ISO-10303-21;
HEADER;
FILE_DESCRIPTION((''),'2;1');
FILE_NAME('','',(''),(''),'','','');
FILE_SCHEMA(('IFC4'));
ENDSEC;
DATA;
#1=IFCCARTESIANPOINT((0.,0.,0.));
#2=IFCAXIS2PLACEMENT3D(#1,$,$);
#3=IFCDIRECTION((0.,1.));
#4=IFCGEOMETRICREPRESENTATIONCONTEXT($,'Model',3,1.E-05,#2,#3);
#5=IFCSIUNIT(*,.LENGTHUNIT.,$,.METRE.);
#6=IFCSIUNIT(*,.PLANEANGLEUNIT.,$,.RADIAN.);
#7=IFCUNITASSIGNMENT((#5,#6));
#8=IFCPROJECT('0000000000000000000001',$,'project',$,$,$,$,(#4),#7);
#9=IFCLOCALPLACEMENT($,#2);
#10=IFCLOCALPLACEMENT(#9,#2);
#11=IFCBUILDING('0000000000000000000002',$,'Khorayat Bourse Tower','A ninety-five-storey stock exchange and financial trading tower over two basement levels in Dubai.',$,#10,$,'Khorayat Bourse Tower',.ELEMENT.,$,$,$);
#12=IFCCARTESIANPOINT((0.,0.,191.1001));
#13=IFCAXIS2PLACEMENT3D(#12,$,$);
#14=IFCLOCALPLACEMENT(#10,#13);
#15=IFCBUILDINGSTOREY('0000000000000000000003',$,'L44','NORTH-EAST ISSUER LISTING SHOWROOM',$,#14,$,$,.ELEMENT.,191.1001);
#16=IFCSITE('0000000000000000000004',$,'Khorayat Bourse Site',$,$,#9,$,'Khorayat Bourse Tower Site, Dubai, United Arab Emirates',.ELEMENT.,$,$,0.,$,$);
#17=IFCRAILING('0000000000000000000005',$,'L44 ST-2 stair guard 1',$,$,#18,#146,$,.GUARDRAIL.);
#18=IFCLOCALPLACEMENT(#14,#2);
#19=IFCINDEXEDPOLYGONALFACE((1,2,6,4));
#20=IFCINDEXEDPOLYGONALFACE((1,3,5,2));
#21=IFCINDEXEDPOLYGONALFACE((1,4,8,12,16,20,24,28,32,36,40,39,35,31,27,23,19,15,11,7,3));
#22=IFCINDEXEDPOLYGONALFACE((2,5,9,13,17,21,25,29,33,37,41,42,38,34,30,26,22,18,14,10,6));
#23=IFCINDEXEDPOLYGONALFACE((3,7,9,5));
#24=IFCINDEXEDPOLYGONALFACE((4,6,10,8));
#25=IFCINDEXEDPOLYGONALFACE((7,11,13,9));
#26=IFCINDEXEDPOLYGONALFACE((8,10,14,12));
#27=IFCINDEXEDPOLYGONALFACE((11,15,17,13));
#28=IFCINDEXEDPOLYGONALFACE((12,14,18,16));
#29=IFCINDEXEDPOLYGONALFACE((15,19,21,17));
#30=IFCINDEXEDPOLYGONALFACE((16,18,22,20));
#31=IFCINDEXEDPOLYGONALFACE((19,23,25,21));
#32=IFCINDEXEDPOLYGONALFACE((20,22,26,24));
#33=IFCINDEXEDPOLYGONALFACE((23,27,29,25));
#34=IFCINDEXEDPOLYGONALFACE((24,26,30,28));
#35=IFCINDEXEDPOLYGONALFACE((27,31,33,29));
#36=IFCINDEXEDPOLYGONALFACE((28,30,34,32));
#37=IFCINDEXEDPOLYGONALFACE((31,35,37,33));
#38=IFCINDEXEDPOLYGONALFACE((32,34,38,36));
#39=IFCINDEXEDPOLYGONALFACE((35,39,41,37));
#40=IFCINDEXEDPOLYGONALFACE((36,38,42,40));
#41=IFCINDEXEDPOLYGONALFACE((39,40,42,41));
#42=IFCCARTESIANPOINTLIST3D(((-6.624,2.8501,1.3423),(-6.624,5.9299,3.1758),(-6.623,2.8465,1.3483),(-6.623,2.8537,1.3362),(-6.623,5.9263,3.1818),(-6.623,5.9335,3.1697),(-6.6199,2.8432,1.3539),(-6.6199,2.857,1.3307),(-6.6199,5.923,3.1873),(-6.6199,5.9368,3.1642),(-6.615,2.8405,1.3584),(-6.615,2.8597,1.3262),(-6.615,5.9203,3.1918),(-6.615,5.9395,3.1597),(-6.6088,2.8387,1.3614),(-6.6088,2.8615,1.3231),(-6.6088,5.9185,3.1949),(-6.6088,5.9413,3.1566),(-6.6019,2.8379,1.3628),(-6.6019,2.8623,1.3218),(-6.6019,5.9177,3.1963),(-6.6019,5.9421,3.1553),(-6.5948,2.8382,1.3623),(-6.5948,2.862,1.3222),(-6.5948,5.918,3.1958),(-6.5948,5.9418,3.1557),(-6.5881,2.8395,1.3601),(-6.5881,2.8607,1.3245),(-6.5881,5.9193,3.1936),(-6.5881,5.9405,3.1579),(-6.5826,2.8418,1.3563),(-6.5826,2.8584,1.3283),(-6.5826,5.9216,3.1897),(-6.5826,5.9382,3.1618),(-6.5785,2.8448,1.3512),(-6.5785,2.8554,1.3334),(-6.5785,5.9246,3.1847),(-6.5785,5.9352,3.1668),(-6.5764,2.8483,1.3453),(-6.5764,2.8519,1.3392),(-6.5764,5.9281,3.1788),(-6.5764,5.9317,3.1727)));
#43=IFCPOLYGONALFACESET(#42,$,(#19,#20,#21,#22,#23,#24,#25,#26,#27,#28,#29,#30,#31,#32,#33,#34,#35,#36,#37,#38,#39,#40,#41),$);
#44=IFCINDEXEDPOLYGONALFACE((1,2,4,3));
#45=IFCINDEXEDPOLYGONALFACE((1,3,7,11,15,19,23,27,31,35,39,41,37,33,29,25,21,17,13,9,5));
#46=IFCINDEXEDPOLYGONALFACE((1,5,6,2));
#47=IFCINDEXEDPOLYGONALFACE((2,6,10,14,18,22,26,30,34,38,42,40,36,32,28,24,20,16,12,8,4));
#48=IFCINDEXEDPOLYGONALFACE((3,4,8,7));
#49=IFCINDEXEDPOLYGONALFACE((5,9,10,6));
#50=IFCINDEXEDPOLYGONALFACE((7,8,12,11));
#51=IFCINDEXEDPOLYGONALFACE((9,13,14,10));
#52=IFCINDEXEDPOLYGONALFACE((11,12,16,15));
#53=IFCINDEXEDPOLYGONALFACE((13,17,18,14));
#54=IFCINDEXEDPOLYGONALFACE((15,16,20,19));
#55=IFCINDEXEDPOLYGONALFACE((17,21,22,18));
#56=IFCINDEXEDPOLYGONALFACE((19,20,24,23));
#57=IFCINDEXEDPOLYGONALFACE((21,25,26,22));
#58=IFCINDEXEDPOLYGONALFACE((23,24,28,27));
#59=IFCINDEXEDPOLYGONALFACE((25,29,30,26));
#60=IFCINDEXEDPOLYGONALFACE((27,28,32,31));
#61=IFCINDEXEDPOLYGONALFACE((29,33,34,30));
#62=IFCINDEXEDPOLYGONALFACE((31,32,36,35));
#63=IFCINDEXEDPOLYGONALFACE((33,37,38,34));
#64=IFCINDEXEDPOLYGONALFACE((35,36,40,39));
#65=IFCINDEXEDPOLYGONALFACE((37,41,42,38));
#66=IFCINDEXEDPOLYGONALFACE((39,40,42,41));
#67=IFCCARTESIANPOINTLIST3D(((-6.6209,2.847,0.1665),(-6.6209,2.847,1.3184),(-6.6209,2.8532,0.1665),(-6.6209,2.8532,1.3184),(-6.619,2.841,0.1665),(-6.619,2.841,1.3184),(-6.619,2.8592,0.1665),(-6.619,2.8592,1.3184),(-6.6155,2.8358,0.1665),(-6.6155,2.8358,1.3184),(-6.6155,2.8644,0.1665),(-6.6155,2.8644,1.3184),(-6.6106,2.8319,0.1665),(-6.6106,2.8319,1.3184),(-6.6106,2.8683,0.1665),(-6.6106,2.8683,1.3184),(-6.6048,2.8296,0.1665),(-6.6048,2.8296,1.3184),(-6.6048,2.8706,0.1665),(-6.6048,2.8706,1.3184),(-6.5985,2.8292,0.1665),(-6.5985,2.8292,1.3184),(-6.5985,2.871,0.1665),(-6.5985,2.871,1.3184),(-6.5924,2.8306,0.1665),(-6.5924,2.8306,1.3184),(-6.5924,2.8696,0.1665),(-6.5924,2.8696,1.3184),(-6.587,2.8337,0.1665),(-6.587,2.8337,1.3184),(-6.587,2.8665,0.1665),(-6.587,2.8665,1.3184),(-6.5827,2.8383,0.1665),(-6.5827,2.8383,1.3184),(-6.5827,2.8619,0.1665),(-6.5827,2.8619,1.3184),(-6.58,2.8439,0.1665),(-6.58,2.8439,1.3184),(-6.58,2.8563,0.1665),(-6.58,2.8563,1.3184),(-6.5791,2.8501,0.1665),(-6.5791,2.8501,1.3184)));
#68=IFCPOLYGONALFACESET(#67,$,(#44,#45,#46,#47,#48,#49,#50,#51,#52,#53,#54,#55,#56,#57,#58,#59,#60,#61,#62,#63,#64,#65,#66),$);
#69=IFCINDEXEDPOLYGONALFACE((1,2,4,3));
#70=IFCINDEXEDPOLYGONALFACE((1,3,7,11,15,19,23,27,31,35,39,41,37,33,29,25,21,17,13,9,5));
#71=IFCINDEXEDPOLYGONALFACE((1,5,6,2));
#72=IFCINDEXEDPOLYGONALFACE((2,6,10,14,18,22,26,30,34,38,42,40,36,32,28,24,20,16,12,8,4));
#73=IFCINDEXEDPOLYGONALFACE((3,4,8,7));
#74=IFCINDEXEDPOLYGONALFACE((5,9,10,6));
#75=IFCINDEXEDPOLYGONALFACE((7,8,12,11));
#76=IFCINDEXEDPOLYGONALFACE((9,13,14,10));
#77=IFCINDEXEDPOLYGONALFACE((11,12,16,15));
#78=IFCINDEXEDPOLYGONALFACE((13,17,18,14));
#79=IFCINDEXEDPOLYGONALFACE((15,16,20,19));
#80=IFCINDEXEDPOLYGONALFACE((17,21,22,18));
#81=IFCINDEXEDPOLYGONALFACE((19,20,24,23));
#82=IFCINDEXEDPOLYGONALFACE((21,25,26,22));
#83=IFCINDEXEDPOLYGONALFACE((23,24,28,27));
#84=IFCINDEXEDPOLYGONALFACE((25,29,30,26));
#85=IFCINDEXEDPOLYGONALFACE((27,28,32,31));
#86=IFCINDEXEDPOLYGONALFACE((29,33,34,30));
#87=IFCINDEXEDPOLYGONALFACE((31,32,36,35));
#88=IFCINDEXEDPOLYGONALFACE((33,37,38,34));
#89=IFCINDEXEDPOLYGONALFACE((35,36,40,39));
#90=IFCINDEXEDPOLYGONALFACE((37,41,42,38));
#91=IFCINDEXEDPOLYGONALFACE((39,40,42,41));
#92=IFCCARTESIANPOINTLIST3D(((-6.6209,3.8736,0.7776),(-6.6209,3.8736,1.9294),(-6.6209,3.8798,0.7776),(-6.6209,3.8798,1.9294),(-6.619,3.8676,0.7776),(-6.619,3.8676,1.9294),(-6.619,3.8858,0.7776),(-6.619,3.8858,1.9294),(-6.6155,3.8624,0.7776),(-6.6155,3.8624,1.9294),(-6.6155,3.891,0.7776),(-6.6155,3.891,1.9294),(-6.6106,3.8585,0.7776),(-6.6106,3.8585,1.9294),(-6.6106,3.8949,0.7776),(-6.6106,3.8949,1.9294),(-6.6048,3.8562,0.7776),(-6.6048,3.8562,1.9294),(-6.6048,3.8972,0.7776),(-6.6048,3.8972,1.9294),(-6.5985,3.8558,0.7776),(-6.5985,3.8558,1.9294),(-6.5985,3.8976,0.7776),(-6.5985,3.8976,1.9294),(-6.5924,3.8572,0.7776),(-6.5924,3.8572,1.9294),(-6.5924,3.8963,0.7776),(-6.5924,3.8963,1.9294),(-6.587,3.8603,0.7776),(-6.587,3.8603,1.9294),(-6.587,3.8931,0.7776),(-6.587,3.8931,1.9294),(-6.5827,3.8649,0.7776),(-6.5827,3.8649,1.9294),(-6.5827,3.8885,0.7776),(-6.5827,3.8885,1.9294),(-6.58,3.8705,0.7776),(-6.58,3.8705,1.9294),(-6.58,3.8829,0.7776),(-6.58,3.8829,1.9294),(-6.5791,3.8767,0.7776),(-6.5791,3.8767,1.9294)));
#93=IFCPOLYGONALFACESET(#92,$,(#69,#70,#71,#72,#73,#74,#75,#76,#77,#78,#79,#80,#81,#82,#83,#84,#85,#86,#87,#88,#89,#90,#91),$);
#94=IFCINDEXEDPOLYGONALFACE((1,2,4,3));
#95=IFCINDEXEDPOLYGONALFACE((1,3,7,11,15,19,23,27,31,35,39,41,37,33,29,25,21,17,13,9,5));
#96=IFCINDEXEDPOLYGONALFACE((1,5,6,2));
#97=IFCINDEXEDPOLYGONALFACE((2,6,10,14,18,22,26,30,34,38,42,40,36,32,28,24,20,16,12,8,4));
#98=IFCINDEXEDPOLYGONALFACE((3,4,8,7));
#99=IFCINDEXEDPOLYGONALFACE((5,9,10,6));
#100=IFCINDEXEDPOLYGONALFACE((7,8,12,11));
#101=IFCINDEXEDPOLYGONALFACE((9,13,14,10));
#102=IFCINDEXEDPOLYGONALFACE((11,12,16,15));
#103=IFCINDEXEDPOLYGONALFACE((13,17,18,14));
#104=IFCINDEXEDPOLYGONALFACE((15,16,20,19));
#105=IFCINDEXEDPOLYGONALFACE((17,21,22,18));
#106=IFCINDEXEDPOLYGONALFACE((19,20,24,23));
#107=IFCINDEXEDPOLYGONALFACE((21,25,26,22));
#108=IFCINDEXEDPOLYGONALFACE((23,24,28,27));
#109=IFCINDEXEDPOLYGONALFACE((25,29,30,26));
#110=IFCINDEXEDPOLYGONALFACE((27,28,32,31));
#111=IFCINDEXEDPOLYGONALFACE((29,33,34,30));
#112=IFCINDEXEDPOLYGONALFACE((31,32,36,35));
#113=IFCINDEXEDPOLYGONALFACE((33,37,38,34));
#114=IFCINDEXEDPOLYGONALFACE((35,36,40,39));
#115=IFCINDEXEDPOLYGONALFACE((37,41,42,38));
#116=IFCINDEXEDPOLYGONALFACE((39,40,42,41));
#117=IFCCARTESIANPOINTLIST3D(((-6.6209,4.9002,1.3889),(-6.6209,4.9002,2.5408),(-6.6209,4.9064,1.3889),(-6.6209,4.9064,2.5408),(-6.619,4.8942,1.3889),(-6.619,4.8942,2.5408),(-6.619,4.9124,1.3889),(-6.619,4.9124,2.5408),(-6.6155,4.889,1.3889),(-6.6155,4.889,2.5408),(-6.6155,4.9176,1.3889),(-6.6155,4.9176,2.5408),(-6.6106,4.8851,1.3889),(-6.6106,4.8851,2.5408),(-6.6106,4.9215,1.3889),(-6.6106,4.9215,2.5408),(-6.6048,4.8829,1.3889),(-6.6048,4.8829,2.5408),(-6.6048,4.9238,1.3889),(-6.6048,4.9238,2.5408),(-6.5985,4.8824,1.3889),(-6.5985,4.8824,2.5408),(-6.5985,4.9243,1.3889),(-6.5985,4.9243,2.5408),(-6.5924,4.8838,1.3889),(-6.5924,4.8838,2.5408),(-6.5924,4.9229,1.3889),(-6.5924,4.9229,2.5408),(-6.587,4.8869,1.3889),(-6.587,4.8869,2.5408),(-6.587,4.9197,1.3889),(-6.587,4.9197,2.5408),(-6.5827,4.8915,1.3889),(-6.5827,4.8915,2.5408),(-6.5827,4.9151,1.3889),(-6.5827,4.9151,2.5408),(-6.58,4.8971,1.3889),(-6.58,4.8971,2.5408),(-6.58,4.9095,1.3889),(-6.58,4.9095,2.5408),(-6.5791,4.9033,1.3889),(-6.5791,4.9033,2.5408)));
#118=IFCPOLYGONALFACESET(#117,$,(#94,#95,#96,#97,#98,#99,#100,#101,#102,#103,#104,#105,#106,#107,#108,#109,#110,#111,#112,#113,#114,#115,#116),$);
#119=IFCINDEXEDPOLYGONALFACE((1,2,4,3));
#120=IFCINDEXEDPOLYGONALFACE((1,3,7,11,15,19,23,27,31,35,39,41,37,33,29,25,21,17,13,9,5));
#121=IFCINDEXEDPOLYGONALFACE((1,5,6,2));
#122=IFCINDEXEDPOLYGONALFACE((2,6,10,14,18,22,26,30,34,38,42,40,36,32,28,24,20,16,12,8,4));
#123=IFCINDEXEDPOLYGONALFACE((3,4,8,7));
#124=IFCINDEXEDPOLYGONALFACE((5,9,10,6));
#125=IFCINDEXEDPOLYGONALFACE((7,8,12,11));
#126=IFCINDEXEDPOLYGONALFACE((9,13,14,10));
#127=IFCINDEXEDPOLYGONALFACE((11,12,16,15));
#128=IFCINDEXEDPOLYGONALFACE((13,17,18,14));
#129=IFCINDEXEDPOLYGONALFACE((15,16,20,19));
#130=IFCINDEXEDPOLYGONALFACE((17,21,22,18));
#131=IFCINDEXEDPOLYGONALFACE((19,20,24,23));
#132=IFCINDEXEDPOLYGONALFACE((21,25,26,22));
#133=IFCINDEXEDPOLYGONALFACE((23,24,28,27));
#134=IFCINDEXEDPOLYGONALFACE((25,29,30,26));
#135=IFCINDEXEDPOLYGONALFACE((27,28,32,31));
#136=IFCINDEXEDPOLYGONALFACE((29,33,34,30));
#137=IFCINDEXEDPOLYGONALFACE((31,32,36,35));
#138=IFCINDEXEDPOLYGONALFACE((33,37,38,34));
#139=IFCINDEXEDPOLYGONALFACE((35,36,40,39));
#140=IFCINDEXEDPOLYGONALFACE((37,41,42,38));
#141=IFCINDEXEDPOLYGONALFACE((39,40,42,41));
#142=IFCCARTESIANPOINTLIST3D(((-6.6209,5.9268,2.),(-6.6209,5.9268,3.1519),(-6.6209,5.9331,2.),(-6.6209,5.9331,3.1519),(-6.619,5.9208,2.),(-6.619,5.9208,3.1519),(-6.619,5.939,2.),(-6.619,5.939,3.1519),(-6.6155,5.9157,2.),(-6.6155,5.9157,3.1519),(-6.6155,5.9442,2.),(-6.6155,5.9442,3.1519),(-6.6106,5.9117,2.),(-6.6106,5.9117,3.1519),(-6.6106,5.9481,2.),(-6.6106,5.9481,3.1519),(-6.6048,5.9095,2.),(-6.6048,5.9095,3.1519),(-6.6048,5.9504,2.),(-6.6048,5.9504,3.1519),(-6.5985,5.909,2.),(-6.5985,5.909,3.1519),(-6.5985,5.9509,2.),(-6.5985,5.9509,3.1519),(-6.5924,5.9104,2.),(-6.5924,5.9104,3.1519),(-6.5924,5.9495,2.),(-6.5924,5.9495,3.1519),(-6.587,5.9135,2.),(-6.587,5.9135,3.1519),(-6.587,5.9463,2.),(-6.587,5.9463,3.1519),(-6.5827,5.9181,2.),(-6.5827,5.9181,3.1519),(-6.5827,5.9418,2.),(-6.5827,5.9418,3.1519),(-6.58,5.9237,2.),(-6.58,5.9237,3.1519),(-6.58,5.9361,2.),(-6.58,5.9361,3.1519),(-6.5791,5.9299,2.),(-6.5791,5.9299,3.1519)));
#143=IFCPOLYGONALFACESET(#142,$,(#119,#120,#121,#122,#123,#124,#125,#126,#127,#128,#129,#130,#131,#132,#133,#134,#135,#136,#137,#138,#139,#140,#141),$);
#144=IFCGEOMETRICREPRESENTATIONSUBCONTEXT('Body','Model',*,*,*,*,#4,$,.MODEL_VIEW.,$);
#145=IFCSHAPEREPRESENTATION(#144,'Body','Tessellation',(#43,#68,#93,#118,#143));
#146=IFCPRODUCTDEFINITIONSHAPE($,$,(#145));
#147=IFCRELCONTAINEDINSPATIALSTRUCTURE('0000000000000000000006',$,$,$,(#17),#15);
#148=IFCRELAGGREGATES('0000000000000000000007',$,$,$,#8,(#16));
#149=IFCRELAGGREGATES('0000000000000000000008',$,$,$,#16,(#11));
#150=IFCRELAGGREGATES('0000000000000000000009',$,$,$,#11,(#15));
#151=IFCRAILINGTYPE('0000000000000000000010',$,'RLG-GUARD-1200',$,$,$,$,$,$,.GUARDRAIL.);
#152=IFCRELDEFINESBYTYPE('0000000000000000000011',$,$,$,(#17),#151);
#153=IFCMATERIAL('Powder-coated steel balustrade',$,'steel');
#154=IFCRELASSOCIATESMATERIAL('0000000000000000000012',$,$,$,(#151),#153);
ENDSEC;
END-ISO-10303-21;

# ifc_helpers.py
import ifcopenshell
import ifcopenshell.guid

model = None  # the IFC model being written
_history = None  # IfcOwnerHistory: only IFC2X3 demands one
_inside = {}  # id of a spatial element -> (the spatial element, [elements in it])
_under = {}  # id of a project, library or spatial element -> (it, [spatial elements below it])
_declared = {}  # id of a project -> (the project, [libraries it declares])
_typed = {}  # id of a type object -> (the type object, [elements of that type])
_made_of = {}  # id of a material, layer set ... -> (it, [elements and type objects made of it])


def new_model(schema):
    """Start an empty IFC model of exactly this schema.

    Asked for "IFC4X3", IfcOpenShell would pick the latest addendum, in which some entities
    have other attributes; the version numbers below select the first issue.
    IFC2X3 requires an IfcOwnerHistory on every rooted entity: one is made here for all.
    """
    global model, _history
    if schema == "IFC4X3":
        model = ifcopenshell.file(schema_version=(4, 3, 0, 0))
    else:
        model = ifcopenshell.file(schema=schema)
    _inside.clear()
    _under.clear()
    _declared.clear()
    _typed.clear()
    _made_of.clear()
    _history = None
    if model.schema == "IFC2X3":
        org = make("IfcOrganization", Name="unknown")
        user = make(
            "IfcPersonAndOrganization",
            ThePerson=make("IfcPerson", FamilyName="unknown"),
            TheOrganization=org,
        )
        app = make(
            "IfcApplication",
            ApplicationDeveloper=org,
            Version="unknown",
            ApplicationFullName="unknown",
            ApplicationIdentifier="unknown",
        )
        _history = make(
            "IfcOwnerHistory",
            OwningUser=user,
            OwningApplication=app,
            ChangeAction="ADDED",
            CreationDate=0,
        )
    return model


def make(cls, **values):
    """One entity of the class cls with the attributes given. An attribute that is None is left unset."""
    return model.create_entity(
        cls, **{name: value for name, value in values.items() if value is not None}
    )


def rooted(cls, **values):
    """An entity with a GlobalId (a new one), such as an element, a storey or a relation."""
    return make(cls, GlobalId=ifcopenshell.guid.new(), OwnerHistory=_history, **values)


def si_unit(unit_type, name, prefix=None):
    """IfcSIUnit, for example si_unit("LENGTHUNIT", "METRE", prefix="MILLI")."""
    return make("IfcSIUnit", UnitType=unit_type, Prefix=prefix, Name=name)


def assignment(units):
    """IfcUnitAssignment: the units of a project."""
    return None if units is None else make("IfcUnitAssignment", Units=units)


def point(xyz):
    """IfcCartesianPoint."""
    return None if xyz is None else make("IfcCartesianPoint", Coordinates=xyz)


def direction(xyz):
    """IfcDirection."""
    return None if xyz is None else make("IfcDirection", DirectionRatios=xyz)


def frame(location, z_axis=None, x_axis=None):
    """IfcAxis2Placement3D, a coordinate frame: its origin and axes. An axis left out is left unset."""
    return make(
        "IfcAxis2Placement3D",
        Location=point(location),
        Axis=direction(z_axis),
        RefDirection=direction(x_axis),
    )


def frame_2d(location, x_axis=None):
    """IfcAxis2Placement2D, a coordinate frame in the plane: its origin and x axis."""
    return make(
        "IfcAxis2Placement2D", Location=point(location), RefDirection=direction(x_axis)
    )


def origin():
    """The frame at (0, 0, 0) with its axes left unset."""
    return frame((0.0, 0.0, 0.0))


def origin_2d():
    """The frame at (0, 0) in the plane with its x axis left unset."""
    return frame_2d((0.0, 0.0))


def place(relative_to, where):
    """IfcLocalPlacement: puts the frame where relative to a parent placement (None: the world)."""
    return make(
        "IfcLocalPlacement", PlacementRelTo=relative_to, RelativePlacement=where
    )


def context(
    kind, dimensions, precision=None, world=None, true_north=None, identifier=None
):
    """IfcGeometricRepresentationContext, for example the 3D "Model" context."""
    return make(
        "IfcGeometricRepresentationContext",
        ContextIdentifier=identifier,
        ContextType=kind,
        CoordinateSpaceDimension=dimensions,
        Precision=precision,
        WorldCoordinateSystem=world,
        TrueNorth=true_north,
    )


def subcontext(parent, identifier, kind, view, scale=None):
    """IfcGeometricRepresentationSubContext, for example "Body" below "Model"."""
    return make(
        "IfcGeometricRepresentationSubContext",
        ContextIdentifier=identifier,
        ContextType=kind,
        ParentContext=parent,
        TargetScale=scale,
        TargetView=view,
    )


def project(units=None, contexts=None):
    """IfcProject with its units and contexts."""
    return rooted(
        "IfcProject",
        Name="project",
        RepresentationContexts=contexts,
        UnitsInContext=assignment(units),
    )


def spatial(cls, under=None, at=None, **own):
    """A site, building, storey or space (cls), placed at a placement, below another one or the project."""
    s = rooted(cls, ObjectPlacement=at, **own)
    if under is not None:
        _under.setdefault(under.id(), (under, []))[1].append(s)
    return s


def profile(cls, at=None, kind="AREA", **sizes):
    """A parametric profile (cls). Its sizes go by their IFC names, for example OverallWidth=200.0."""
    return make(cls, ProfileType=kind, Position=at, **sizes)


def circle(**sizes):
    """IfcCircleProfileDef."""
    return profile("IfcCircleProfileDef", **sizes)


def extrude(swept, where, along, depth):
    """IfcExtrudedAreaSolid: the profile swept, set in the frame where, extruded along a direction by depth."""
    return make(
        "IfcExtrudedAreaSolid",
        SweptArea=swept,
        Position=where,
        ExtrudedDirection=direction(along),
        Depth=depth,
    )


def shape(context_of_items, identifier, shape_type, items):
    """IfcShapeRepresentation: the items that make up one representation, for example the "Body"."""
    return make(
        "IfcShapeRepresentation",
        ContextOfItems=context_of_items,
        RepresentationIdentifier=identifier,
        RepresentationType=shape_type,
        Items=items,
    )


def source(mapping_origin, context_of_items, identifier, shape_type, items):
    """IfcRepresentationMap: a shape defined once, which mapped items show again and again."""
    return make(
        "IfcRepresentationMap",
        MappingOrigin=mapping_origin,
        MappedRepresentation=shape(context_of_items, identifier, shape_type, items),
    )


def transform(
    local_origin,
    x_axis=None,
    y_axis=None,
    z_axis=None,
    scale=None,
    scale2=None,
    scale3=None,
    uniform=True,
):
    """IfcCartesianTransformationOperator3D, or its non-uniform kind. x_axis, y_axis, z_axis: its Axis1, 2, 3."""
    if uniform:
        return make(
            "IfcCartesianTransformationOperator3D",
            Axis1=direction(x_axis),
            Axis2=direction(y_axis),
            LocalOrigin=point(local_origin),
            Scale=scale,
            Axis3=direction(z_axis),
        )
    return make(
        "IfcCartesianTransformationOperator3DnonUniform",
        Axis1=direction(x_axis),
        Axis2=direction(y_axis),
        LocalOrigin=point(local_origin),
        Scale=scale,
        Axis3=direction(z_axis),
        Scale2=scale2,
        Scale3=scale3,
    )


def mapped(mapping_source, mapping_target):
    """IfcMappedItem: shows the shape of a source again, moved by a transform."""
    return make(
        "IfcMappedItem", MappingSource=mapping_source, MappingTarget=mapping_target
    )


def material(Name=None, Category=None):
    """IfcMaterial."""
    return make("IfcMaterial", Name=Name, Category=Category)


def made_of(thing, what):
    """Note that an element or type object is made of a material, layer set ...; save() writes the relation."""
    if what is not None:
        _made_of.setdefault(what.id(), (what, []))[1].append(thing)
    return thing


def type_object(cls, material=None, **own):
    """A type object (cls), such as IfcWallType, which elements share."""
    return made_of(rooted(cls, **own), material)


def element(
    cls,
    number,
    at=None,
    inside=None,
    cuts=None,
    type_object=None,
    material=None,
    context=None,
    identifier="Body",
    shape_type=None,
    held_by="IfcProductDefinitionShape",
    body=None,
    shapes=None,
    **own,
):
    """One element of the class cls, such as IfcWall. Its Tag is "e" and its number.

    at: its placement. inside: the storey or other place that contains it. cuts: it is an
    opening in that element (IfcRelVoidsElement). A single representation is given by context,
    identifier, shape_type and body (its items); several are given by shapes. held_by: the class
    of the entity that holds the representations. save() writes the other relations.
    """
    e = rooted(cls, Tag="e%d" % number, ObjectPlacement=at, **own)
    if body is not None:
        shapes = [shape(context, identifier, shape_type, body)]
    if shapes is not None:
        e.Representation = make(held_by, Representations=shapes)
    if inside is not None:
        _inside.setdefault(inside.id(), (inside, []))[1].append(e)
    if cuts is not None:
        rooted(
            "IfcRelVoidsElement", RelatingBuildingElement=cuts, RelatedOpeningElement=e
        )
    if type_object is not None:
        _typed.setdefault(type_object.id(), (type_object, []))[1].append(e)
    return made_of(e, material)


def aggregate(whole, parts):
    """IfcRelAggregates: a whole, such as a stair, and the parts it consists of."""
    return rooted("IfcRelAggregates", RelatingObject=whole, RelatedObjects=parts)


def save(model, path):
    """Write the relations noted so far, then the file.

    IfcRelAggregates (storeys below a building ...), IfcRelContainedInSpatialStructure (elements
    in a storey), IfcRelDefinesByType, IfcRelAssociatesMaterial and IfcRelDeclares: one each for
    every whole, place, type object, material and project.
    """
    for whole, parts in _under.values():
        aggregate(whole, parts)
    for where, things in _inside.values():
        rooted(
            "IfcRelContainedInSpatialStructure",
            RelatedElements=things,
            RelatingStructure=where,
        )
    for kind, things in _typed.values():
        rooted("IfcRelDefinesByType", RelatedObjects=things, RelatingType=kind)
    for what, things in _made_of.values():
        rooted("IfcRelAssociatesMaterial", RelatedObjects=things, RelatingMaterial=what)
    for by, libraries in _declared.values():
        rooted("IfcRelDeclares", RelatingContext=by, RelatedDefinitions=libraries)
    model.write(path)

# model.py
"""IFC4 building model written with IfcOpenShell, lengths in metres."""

from ifc_helpers import new_model, si_unit, direction, frame, origin, origin_2d, place, context, subcontext, project, spatial, circle, extrude, source, transform, mapped, material, type_object, element, save


model = new_model("IFC4")

# Units and contexts
model_context = context("Model", 3, precision=1e-05, world=origin(), true_north=direction((0.0, 1.0)))
body_context = subcontext(model_context, "Body", "Model", "MODEL_VIEW")
ifc_project = project(units=[si_unit("LENGTHUNIT", "METRE"), si_unit("PLANEANGLEUNIT", "RADIAN")], contexts=[model_context])

# Site, building, storey
site_placement = place(None, origin())
site = spatial("IfcSite", under=ifc_project, at=site_placement, Name="Khorayat Bourse Site", LongName="Khorayat Bourse Tower Site, Dubai, United Arab Emirates", CompositionType="ELEMENT", RefElevation=0.0)
building_placement = place(site_placement, origin())
building = spatial("IfcBuilding", under=site, at=building_placement, Name="Khorayat Bourse Tower", Description="A ninety-five-storey stock exchange and financial trading tower over two basement levels in Dubai.", LongName="Khorayat Bourse Tower", CompositionType="ELEMENT")
storey_placement = place(building_placement, frame((0.0, 0.0, 191.1001)))
storey = spatial("IfcBuildingStorey", under=building, at=storey_placement, Name="L44", Description="NORTH-EAST ISSUER LISTING SHOWROOM", CompositionType="ELEMENT", Elevation=191.1001)

# Railing
ifc_material_1 = material(Name="Powder-coated steel balustrade", Category="steel")
railing_type_1 = type_object("IfcRailingType", Name="RLG-GUARD-1200", PredefinedType="GUARDRAIL", material=ifc_material_1)
shared_shape_1 = source(origin(), body_context, "Body", "SweptSolid", [
    extrude(circle(Radius=0.0239, at=origin_2d()), frame((0.0, 0.0, 1.1758), z_axis=(0.0, 0.859261, 0.511538), x_axis=(-1.0, 0.0, 0.0)), (0.0, 0.0, 1.0), 3.5842),
    extrude(circle(Radius=0.021, at=origin_2d()), origin(), (0.0, 0.0, 1.0), 1.1519),
    extrude(circle(Radius=0.021, at=origin_2d()), frame((0.0, 1.0266, 0.6111)), (0.0, 0.0, 1.0), 1.1519),
    extrude(circle(Radius=0.021, at=origin_2d()), frame((0.0, 2.0532, 1.2224)), (0.0, 0.0, 1.0), 1.1519),
    extrude(circle(Radius=0.021, at=origin_2d()), frame((0.0, 3.0798, 1.8335)), (0.0, 0.0, 1.0), 1.1519),
])
railing_1_placement = place(storey_placement, frame((-6.6001, 2.8501, 0.1665)))
element("IfcRailing", 1, at=railing_1_placement, inside=storey, type_object=railing_type_1, Name="L44 ST-2 stair guard 1", PredefinedType="GUARDRAIL", context=body_context, shape_type="MappedRepresentation", body=[
    mapped(shared_shape_1, transform((0.0, 0.0, 0.0), scale=1.0)),
])

save(model, "model.ifc")
